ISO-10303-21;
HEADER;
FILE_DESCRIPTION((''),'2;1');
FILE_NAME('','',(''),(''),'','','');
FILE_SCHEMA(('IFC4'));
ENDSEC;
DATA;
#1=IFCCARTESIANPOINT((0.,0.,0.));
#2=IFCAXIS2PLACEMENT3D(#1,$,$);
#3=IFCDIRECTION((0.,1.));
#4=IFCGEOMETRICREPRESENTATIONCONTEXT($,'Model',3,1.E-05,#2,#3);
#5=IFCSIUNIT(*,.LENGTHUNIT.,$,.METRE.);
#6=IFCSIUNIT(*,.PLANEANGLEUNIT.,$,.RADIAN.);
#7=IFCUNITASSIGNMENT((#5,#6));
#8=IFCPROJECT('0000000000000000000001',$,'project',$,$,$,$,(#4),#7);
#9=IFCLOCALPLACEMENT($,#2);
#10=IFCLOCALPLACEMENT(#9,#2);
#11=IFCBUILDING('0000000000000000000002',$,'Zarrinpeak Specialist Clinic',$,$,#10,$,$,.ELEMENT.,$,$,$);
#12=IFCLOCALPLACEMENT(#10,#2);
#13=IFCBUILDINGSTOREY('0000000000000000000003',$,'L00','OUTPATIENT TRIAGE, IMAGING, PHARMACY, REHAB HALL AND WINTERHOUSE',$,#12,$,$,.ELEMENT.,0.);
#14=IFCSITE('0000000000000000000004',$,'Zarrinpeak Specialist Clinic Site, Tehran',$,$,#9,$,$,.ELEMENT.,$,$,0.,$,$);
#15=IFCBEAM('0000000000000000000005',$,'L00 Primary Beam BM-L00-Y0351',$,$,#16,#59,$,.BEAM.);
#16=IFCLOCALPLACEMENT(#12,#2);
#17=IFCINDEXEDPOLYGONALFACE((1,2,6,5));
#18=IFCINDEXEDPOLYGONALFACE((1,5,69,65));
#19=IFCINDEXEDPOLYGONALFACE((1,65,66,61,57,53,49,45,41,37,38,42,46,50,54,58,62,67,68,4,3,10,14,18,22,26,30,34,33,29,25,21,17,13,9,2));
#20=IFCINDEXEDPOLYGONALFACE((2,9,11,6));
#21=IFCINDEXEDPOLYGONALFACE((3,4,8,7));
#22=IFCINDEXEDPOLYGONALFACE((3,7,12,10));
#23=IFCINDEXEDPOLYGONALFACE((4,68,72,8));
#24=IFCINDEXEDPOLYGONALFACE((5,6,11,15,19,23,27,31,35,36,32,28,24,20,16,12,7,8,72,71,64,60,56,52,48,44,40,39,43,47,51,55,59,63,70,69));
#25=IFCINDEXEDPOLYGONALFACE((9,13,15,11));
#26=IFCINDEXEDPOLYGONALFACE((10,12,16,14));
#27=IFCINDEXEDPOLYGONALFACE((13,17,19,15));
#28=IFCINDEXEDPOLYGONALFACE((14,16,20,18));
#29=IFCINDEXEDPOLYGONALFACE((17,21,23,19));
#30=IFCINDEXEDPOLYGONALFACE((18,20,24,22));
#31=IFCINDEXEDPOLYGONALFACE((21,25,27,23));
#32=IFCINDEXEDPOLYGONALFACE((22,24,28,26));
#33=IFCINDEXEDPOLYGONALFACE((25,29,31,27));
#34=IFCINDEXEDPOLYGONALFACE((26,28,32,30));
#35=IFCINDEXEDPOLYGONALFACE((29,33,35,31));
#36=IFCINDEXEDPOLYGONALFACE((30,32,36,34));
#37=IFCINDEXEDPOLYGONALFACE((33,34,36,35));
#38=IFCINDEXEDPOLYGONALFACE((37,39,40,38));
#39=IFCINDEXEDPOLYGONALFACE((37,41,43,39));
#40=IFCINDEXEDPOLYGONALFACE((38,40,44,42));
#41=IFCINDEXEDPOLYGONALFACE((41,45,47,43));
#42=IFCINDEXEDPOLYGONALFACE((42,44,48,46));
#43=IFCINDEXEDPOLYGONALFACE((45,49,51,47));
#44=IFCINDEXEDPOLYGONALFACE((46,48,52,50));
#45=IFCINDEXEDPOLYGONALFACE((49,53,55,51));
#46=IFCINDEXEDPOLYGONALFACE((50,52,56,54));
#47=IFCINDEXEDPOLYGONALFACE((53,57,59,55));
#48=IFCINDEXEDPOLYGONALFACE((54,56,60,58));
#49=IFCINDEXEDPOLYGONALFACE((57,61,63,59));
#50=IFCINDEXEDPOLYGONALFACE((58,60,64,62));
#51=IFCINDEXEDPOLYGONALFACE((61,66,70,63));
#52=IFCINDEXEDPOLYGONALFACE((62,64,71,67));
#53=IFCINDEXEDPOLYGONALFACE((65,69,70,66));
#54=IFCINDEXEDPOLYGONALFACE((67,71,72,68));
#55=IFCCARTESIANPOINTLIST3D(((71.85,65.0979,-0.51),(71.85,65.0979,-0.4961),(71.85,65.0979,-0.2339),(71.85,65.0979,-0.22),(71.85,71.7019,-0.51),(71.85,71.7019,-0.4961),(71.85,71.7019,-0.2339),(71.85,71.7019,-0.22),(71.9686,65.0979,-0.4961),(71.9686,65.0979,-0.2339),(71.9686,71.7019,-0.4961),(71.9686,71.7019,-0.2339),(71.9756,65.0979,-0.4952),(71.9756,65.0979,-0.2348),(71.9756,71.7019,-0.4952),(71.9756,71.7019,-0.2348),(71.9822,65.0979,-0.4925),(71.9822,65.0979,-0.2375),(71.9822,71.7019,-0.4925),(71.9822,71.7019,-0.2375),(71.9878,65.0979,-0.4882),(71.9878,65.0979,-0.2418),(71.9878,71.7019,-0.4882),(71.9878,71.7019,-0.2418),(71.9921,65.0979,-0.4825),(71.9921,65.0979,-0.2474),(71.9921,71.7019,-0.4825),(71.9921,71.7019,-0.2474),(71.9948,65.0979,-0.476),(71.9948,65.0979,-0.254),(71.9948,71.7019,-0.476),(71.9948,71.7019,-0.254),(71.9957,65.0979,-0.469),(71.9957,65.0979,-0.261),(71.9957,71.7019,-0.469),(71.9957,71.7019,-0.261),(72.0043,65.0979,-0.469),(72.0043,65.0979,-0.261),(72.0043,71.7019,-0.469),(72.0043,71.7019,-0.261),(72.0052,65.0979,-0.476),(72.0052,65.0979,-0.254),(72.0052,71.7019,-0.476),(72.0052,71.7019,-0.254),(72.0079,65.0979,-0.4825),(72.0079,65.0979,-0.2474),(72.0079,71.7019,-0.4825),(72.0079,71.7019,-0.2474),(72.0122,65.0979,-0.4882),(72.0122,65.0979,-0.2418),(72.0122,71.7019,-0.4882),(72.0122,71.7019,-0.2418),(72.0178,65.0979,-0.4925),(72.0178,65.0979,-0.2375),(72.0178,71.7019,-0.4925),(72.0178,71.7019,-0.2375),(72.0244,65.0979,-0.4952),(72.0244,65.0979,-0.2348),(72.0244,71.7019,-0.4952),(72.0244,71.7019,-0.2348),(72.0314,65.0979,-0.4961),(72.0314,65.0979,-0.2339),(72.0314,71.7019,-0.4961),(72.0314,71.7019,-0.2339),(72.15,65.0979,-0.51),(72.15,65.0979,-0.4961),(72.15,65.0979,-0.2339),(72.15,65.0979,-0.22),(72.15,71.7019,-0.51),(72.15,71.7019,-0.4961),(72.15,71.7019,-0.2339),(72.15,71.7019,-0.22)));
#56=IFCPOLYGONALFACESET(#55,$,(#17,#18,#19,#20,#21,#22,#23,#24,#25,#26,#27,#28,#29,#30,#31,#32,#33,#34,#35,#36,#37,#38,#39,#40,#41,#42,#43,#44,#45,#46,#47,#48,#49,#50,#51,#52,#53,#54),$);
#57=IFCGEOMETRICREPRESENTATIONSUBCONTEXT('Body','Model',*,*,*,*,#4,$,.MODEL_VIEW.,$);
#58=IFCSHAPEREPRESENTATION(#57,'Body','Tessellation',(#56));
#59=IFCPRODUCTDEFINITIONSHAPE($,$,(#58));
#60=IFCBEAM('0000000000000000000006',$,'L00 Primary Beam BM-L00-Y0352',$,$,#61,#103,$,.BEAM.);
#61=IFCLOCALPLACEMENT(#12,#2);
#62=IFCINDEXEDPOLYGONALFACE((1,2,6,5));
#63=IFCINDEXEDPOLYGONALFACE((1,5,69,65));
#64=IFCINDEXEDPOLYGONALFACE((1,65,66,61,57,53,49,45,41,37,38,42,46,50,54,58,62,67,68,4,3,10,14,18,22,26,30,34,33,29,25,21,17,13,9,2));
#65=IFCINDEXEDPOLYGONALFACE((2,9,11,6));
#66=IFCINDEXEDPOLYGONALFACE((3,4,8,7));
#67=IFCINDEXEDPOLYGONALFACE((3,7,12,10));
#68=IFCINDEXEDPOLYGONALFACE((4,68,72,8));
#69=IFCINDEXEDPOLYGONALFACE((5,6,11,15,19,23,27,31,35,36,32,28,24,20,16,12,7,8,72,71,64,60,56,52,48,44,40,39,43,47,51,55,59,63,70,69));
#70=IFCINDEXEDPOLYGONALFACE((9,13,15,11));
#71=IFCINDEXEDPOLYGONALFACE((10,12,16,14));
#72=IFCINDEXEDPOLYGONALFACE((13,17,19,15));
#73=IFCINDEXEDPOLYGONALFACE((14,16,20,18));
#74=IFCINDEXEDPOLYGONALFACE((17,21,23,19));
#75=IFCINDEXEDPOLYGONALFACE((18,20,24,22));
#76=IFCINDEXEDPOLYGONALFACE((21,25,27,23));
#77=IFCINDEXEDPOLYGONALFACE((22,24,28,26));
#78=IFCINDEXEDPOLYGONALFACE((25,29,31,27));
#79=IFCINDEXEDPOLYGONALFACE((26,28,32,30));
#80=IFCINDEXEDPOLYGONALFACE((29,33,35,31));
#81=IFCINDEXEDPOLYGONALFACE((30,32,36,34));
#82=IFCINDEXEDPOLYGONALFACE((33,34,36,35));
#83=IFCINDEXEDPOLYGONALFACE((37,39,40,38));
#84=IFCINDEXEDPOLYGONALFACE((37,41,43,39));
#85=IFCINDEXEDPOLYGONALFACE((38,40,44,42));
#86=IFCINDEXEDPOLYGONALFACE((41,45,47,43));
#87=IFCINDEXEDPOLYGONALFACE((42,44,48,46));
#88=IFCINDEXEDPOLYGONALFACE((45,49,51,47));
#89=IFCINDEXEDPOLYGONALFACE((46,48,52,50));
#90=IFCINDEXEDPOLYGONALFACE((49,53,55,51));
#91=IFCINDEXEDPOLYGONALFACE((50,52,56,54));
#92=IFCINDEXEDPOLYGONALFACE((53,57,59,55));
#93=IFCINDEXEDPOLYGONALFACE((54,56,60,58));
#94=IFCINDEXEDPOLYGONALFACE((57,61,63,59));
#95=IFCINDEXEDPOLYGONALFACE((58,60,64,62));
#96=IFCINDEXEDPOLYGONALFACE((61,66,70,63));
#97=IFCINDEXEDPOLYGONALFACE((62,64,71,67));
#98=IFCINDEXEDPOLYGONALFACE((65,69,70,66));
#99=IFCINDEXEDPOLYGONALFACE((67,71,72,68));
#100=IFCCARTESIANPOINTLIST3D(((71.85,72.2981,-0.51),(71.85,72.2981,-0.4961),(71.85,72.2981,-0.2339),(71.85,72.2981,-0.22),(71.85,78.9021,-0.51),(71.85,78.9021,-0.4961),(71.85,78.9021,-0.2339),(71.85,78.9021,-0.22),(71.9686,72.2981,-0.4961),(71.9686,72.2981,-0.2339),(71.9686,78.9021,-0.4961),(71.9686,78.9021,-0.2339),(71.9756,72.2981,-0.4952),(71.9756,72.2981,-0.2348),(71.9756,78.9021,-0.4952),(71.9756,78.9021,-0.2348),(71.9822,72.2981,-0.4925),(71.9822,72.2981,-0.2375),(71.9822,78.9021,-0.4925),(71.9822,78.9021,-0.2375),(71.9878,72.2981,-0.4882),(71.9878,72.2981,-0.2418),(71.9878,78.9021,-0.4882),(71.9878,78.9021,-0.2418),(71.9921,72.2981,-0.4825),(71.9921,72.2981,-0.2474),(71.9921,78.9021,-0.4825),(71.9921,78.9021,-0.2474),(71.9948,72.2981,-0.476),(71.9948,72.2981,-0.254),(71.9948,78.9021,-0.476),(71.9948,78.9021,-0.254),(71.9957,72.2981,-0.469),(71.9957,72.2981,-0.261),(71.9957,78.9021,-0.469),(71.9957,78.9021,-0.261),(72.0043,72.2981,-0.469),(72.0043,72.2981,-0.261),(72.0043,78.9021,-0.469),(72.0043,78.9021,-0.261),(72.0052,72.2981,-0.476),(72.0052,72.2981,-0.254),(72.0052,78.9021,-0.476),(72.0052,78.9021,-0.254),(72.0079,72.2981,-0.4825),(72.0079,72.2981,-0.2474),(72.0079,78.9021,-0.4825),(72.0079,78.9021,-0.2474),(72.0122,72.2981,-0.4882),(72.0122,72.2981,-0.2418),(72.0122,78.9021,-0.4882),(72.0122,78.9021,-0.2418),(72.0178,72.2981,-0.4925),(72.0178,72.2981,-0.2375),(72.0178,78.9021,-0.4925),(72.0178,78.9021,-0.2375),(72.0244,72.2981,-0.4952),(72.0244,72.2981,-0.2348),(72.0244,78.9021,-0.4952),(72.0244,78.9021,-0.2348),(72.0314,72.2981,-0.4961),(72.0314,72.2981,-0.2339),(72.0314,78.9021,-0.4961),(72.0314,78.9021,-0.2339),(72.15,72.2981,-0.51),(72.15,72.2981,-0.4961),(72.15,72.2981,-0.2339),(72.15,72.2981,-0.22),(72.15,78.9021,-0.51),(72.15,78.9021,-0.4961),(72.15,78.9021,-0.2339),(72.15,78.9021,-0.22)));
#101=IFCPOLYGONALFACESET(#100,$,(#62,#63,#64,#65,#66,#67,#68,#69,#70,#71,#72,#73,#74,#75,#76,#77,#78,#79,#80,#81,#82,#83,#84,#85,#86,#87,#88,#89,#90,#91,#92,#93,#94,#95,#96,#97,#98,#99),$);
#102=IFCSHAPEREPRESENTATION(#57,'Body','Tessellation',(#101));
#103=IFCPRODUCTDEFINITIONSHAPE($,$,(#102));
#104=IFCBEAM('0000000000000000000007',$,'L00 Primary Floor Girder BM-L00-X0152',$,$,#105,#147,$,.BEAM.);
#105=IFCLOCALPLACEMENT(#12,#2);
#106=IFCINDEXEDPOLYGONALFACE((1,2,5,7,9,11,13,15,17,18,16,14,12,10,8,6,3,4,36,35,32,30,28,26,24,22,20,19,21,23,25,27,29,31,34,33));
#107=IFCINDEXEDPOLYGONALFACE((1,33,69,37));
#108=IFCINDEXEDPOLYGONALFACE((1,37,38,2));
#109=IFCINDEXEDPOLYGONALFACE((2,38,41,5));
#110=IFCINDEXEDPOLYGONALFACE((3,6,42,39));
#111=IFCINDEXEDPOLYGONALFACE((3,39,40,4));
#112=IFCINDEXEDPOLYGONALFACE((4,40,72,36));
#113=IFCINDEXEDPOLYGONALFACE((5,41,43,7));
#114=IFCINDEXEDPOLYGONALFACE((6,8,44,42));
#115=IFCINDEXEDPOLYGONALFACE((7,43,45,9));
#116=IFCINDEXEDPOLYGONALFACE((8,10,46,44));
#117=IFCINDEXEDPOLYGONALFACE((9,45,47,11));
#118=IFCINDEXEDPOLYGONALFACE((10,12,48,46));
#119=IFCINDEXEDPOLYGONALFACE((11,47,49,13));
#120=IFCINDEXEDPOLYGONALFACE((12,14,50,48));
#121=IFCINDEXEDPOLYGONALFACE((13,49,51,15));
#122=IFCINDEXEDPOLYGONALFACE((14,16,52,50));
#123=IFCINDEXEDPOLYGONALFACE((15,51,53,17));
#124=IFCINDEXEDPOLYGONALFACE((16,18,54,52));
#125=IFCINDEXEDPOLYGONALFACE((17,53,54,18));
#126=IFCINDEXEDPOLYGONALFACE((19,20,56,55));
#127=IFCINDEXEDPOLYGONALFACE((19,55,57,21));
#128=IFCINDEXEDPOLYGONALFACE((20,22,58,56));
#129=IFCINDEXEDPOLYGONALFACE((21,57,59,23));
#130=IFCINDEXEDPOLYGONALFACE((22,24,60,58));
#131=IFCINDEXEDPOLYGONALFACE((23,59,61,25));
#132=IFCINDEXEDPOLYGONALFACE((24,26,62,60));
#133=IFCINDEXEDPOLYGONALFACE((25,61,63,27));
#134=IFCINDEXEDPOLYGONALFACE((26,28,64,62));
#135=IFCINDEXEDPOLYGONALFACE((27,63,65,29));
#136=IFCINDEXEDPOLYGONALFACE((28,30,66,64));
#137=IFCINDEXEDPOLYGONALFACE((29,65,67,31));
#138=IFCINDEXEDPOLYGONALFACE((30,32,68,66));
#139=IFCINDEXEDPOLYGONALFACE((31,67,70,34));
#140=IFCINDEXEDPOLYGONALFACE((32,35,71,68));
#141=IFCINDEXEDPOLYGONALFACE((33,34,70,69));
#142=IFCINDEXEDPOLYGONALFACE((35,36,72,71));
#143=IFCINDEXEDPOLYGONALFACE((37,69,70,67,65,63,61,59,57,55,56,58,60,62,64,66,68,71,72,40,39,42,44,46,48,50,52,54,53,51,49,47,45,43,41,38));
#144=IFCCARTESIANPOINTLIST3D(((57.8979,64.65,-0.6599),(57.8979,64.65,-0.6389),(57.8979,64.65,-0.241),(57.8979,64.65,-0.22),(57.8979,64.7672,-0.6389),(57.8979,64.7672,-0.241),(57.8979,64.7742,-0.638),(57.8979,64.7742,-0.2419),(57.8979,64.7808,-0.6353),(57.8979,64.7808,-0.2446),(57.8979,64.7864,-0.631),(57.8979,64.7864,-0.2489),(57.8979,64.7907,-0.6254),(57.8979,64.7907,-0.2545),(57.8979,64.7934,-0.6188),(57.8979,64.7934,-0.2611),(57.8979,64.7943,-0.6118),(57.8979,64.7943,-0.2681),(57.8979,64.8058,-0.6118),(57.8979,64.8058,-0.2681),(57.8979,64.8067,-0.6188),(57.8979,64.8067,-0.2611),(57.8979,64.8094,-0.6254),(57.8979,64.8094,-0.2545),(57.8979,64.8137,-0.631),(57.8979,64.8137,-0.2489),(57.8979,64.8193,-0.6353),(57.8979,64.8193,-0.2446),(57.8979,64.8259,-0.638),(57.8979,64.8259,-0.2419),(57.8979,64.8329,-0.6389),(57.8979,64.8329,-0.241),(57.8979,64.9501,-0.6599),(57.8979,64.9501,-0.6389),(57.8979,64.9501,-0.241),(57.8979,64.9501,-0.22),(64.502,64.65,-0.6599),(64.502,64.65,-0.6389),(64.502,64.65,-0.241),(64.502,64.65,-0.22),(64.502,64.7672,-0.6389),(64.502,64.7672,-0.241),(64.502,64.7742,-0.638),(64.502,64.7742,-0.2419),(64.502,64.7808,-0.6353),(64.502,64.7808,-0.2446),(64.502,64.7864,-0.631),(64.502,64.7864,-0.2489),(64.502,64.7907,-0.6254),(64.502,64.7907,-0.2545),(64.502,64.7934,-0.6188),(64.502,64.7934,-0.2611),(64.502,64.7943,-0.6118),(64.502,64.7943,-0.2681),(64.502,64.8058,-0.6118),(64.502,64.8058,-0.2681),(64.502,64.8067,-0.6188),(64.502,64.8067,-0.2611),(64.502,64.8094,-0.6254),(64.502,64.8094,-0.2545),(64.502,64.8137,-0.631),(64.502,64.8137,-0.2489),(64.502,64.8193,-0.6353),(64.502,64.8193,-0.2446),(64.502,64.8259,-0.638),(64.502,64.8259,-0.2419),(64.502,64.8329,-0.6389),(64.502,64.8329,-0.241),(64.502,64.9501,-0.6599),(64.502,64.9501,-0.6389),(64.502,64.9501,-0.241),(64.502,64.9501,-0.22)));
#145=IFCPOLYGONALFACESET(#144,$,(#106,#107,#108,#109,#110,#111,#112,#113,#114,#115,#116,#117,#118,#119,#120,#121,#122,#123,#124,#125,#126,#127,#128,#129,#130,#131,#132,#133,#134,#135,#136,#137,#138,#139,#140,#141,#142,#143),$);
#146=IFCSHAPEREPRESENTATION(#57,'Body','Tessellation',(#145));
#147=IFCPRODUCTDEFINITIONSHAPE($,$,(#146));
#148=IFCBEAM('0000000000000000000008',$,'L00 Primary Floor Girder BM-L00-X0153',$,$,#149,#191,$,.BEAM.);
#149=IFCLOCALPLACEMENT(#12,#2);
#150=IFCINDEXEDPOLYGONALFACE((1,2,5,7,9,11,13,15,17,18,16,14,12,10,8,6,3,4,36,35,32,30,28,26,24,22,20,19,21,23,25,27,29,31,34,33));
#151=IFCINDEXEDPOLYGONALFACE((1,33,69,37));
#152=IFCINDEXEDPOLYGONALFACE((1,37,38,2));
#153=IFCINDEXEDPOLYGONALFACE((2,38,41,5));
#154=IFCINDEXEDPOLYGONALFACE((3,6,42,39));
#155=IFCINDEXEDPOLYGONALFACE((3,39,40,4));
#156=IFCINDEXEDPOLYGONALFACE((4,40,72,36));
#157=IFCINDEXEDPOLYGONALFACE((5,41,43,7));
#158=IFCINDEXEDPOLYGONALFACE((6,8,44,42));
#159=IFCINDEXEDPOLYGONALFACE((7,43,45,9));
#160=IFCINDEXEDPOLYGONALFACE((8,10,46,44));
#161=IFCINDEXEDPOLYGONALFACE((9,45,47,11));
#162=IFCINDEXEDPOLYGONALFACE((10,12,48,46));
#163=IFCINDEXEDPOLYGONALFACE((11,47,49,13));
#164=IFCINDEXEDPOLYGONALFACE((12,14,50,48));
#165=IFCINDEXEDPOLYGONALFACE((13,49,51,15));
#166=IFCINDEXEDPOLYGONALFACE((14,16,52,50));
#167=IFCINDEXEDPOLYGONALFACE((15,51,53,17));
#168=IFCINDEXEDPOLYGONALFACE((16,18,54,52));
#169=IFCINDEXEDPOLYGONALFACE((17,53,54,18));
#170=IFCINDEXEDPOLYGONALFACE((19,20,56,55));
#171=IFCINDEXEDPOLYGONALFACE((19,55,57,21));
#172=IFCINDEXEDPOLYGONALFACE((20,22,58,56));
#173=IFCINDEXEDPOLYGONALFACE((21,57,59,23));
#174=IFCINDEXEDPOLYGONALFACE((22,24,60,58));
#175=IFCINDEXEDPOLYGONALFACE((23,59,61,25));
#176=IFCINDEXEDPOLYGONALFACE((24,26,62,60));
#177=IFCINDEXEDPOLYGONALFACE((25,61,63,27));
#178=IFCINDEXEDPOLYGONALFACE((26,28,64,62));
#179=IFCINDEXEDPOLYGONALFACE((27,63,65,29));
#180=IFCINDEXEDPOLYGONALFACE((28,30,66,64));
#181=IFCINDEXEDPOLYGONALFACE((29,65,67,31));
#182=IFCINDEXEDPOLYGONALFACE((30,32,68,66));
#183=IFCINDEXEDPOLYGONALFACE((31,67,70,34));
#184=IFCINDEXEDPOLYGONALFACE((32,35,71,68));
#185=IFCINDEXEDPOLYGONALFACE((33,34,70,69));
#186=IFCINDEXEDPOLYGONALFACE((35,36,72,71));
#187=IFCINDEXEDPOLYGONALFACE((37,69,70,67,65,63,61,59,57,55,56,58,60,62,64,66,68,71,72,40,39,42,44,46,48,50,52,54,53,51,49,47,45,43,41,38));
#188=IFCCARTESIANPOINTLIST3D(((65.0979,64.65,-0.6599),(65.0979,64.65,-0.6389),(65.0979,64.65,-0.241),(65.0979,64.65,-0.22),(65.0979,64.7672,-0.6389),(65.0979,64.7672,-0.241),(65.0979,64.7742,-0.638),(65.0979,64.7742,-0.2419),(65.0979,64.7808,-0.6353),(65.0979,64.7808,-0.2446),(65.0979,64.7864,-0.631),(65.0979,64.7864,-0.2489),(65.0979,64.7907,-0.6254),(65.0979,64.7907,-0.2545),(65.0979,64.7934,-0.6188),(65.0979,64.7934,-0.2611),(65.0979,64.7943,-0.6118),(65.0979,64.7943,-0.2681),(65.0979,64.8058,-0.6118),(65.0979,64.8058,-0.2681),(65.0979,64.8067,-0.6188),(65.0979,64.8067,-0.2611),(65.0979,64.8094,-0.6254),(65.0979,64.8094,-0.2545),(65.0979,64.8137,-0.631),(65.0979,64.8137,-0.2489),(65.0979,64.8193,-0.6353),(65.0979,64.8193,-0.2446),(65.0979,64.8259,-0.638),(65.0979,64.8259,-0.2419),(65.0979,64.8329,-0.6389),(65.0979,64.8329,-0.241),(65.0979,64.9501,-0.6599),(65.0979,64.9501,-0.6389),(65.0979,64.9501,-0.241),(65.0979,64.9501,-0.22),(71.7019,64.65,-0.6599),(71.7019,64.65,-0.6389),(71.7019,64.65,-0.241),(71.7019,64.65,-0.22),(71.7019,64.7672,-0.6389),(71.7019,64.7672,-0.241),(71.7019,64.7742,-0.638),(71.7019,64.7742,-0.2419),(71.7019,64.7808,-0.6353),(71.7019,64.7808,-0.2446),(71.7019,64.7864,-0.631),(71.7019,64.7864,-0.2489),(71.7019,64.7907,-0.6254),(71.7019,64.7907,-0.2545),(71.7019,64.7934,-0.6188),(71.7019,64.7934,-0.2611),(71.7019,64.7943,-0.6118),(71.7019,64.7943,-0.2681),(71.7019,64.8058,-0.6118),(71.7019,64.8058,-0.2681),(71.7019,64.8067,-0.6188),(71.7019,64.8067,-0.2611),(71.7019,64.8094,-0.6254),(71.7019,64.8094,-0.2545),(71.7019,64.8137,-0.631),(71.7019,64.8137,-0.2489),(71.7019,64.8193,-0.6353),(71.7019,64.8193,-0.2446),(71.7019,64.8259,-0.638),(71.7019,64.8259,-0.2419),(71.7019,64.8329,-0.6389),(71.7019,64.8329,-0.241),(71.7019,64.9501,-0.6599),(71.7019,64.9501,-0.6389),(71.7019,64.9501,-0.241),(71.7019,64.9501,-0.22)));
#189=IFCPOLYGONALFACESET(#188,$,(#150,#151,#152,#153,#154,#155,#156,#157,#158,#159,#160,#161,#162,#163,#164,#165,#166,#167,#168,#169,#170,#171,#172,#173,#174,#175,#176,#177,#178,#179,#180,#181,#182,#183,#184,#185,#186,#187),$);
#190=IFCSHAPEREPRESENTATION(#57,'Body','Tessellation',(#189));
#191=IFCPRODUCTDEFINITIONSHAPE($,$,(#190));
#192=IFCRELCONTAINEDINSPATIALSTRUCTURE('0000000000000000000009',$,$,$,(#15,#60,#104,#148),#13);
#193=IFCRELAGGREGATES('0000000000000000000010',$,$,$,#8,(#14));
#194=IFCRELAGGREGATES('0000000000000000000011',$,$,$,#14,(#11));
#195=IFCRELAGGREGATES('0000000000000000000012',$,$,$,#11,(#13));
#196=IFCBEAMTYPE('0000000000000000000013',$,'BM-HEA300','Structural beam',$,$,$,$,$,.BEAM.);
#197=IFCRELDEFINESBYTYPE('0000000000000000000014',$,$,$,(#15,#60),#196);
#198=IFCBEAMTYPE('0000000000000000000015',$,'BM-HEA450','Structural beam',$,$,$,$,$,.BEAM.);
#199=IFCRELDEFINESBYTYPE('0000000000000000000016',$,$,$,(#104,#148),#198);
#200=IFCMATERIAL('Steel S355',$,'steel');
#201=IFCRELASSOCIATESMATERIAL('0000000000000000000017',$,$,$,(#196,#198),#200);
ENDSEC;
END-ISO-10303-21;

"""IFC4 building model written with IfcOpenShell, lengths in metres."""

from ifc_helpers import new_model, si_unit, direction, frame, origin, origin_2d, place, context, subcontext, project, spatial, i_section, extrude, material, material_profile, profile_set, type_object, element, save


model = new_model("IFC4")

# Units and contexts
model_context = context("Model", 3, precision=1e-05, world=origin(), true_north=direction((0.0, 1.0)))
body_context = subcontext(model_context, "Body", "Model", "MODEL_VIEW")
ifc_project = project(units=[si_unit("LENGTHUNIT", "METRE"), si_unit("PLANEANGLEUNIT", "RADIAN")], contexts=[model_context])

# Site, building, storey
site_placement = place(None, origin())
site = spatial("IfcSite", under=ifc_project, at=site_placement, Name="Zarrinpeak Specialist Clinic Site, Tehran", CompositionType="ELEMENT", RefElevation=0.0)
building_placement = place(site_placement, origin())
building = spatial("IfcBuilding", under=site, at=building_placement, Name="Zarrinpeak Specialist Clinic", CompositionType="ELEMENT")
storey_placement = place(building_placement, origin())
storey = spatial("IfcBuildingStorey", under=building, at=storey_placement, Name="L00", Description="OUTPATIENT TRIAGE, IMAGING, PHARMACY, REHAB HALL AND WINTERHOUSE", CompositionType="ELEMENT", Elevation=0.0)

# Beams
ifc_material = material(Name="Steel S355", Category="steel")
ifc_material_profile_1 = material_profile(ifc_material, i_section(OverallWidth=0.3, OverallDepth=0.29, WebThickness=0.0085, FlangeThickness=0.0139, FilletRadius=0.0271, at=origin_2d()), Name="HEA 300")
ifc_profile_set_1 = profile_set([ifc_material_profile_1], Name="Steel S355")
beam_type_1 = type_object("IfcBeamType", Name="BM-HEA300", Description="Structural beam", PredefinedType="BEAM", material=ifc_profile_set_1)
for number, where, z_axis, x_axis, name in (
    (1, (72.0, 65.0979, -0.365), (0.0, 1.0, 0.0), (-1.0, 0.0, 0.0), "L00 Primary Beam BM-L00-Y0351"),
    (2, (72.0, 72.2981, -0.365), (0.0, 1.0, 0.0), (-1.0, 0.0, 0.0), "L00 Primary Beam BM-L00-Y0352"),
):
    element("IfcBeam", number, at=place(storey_placement, frame(where, z_axis=z_axis, x_axis=x_axis)), inside=storey, type_object=beam_type_1, Name=name, PredefinedType="BEAM", context=body_context, shape_type="SweptSolid", body=[
        extrude(i_section(OverallWidth=0.3, OverallDepth=0.29, WebThickness=0.0085, FlangeThickness=0.0139, FilletRadius=0.0271, at=origin_2d()), origin(), (0.0, 0.0, 1.0), 6.604),
    ])
ifc_material_profile_2 = material_profile(ifc_material, i_section(OverallWidth=0.3, OverallDepth=0.4399, WebThickness=0.0115, FlangeThickness=0.021, FilletRadius=0.0271, at=origin_2d()), Name="HEA 450")
ifc_profile_set_2 = profile_set([ifc_material_profile_2], Name="Steel S355")
beam_type_2 = type_object("IfcBeamType", Name="BM-HEA450", Description="Structural beam", PredefinedType="BEAM", material=ifc_profile_set_2)
for number, where, z_axis, x_axis, name in (
    (3, (57.8979, 64.8, -0.4399), (1.0, 0.0, 0.0), (0.0, 1.0, 0.0), "L00 Primary Floor Girder BM-L00-X0152"),
    (4, (65.0979, 64.8, -0.4399), (1.0, 0.0, 0.0), (0.0, 1.0, 0.0), "L00 Primary Floor Girder BM-L00-X0153"),
):
    element("IfcBeam", number, at=place(storey_placement, frame(where, z_axis=z_axis, x_axis=x_axis)), inside=storey, type_object=beam_type_2, Name=name, PredefinedType="BEAM", context=body_context, shape_type="SweptSolid", body=[
        extrude(i_section(OverallWidth=0.3, OverallDepth=0.4399, WebThickness=0.0115, FlangeThickness=0.021, FilletRadius=0.0271, at=origin_2d()), origin(), (0.0, 0.0, 1.0), 6.604),
    ])

save(model, "model.ifc")
